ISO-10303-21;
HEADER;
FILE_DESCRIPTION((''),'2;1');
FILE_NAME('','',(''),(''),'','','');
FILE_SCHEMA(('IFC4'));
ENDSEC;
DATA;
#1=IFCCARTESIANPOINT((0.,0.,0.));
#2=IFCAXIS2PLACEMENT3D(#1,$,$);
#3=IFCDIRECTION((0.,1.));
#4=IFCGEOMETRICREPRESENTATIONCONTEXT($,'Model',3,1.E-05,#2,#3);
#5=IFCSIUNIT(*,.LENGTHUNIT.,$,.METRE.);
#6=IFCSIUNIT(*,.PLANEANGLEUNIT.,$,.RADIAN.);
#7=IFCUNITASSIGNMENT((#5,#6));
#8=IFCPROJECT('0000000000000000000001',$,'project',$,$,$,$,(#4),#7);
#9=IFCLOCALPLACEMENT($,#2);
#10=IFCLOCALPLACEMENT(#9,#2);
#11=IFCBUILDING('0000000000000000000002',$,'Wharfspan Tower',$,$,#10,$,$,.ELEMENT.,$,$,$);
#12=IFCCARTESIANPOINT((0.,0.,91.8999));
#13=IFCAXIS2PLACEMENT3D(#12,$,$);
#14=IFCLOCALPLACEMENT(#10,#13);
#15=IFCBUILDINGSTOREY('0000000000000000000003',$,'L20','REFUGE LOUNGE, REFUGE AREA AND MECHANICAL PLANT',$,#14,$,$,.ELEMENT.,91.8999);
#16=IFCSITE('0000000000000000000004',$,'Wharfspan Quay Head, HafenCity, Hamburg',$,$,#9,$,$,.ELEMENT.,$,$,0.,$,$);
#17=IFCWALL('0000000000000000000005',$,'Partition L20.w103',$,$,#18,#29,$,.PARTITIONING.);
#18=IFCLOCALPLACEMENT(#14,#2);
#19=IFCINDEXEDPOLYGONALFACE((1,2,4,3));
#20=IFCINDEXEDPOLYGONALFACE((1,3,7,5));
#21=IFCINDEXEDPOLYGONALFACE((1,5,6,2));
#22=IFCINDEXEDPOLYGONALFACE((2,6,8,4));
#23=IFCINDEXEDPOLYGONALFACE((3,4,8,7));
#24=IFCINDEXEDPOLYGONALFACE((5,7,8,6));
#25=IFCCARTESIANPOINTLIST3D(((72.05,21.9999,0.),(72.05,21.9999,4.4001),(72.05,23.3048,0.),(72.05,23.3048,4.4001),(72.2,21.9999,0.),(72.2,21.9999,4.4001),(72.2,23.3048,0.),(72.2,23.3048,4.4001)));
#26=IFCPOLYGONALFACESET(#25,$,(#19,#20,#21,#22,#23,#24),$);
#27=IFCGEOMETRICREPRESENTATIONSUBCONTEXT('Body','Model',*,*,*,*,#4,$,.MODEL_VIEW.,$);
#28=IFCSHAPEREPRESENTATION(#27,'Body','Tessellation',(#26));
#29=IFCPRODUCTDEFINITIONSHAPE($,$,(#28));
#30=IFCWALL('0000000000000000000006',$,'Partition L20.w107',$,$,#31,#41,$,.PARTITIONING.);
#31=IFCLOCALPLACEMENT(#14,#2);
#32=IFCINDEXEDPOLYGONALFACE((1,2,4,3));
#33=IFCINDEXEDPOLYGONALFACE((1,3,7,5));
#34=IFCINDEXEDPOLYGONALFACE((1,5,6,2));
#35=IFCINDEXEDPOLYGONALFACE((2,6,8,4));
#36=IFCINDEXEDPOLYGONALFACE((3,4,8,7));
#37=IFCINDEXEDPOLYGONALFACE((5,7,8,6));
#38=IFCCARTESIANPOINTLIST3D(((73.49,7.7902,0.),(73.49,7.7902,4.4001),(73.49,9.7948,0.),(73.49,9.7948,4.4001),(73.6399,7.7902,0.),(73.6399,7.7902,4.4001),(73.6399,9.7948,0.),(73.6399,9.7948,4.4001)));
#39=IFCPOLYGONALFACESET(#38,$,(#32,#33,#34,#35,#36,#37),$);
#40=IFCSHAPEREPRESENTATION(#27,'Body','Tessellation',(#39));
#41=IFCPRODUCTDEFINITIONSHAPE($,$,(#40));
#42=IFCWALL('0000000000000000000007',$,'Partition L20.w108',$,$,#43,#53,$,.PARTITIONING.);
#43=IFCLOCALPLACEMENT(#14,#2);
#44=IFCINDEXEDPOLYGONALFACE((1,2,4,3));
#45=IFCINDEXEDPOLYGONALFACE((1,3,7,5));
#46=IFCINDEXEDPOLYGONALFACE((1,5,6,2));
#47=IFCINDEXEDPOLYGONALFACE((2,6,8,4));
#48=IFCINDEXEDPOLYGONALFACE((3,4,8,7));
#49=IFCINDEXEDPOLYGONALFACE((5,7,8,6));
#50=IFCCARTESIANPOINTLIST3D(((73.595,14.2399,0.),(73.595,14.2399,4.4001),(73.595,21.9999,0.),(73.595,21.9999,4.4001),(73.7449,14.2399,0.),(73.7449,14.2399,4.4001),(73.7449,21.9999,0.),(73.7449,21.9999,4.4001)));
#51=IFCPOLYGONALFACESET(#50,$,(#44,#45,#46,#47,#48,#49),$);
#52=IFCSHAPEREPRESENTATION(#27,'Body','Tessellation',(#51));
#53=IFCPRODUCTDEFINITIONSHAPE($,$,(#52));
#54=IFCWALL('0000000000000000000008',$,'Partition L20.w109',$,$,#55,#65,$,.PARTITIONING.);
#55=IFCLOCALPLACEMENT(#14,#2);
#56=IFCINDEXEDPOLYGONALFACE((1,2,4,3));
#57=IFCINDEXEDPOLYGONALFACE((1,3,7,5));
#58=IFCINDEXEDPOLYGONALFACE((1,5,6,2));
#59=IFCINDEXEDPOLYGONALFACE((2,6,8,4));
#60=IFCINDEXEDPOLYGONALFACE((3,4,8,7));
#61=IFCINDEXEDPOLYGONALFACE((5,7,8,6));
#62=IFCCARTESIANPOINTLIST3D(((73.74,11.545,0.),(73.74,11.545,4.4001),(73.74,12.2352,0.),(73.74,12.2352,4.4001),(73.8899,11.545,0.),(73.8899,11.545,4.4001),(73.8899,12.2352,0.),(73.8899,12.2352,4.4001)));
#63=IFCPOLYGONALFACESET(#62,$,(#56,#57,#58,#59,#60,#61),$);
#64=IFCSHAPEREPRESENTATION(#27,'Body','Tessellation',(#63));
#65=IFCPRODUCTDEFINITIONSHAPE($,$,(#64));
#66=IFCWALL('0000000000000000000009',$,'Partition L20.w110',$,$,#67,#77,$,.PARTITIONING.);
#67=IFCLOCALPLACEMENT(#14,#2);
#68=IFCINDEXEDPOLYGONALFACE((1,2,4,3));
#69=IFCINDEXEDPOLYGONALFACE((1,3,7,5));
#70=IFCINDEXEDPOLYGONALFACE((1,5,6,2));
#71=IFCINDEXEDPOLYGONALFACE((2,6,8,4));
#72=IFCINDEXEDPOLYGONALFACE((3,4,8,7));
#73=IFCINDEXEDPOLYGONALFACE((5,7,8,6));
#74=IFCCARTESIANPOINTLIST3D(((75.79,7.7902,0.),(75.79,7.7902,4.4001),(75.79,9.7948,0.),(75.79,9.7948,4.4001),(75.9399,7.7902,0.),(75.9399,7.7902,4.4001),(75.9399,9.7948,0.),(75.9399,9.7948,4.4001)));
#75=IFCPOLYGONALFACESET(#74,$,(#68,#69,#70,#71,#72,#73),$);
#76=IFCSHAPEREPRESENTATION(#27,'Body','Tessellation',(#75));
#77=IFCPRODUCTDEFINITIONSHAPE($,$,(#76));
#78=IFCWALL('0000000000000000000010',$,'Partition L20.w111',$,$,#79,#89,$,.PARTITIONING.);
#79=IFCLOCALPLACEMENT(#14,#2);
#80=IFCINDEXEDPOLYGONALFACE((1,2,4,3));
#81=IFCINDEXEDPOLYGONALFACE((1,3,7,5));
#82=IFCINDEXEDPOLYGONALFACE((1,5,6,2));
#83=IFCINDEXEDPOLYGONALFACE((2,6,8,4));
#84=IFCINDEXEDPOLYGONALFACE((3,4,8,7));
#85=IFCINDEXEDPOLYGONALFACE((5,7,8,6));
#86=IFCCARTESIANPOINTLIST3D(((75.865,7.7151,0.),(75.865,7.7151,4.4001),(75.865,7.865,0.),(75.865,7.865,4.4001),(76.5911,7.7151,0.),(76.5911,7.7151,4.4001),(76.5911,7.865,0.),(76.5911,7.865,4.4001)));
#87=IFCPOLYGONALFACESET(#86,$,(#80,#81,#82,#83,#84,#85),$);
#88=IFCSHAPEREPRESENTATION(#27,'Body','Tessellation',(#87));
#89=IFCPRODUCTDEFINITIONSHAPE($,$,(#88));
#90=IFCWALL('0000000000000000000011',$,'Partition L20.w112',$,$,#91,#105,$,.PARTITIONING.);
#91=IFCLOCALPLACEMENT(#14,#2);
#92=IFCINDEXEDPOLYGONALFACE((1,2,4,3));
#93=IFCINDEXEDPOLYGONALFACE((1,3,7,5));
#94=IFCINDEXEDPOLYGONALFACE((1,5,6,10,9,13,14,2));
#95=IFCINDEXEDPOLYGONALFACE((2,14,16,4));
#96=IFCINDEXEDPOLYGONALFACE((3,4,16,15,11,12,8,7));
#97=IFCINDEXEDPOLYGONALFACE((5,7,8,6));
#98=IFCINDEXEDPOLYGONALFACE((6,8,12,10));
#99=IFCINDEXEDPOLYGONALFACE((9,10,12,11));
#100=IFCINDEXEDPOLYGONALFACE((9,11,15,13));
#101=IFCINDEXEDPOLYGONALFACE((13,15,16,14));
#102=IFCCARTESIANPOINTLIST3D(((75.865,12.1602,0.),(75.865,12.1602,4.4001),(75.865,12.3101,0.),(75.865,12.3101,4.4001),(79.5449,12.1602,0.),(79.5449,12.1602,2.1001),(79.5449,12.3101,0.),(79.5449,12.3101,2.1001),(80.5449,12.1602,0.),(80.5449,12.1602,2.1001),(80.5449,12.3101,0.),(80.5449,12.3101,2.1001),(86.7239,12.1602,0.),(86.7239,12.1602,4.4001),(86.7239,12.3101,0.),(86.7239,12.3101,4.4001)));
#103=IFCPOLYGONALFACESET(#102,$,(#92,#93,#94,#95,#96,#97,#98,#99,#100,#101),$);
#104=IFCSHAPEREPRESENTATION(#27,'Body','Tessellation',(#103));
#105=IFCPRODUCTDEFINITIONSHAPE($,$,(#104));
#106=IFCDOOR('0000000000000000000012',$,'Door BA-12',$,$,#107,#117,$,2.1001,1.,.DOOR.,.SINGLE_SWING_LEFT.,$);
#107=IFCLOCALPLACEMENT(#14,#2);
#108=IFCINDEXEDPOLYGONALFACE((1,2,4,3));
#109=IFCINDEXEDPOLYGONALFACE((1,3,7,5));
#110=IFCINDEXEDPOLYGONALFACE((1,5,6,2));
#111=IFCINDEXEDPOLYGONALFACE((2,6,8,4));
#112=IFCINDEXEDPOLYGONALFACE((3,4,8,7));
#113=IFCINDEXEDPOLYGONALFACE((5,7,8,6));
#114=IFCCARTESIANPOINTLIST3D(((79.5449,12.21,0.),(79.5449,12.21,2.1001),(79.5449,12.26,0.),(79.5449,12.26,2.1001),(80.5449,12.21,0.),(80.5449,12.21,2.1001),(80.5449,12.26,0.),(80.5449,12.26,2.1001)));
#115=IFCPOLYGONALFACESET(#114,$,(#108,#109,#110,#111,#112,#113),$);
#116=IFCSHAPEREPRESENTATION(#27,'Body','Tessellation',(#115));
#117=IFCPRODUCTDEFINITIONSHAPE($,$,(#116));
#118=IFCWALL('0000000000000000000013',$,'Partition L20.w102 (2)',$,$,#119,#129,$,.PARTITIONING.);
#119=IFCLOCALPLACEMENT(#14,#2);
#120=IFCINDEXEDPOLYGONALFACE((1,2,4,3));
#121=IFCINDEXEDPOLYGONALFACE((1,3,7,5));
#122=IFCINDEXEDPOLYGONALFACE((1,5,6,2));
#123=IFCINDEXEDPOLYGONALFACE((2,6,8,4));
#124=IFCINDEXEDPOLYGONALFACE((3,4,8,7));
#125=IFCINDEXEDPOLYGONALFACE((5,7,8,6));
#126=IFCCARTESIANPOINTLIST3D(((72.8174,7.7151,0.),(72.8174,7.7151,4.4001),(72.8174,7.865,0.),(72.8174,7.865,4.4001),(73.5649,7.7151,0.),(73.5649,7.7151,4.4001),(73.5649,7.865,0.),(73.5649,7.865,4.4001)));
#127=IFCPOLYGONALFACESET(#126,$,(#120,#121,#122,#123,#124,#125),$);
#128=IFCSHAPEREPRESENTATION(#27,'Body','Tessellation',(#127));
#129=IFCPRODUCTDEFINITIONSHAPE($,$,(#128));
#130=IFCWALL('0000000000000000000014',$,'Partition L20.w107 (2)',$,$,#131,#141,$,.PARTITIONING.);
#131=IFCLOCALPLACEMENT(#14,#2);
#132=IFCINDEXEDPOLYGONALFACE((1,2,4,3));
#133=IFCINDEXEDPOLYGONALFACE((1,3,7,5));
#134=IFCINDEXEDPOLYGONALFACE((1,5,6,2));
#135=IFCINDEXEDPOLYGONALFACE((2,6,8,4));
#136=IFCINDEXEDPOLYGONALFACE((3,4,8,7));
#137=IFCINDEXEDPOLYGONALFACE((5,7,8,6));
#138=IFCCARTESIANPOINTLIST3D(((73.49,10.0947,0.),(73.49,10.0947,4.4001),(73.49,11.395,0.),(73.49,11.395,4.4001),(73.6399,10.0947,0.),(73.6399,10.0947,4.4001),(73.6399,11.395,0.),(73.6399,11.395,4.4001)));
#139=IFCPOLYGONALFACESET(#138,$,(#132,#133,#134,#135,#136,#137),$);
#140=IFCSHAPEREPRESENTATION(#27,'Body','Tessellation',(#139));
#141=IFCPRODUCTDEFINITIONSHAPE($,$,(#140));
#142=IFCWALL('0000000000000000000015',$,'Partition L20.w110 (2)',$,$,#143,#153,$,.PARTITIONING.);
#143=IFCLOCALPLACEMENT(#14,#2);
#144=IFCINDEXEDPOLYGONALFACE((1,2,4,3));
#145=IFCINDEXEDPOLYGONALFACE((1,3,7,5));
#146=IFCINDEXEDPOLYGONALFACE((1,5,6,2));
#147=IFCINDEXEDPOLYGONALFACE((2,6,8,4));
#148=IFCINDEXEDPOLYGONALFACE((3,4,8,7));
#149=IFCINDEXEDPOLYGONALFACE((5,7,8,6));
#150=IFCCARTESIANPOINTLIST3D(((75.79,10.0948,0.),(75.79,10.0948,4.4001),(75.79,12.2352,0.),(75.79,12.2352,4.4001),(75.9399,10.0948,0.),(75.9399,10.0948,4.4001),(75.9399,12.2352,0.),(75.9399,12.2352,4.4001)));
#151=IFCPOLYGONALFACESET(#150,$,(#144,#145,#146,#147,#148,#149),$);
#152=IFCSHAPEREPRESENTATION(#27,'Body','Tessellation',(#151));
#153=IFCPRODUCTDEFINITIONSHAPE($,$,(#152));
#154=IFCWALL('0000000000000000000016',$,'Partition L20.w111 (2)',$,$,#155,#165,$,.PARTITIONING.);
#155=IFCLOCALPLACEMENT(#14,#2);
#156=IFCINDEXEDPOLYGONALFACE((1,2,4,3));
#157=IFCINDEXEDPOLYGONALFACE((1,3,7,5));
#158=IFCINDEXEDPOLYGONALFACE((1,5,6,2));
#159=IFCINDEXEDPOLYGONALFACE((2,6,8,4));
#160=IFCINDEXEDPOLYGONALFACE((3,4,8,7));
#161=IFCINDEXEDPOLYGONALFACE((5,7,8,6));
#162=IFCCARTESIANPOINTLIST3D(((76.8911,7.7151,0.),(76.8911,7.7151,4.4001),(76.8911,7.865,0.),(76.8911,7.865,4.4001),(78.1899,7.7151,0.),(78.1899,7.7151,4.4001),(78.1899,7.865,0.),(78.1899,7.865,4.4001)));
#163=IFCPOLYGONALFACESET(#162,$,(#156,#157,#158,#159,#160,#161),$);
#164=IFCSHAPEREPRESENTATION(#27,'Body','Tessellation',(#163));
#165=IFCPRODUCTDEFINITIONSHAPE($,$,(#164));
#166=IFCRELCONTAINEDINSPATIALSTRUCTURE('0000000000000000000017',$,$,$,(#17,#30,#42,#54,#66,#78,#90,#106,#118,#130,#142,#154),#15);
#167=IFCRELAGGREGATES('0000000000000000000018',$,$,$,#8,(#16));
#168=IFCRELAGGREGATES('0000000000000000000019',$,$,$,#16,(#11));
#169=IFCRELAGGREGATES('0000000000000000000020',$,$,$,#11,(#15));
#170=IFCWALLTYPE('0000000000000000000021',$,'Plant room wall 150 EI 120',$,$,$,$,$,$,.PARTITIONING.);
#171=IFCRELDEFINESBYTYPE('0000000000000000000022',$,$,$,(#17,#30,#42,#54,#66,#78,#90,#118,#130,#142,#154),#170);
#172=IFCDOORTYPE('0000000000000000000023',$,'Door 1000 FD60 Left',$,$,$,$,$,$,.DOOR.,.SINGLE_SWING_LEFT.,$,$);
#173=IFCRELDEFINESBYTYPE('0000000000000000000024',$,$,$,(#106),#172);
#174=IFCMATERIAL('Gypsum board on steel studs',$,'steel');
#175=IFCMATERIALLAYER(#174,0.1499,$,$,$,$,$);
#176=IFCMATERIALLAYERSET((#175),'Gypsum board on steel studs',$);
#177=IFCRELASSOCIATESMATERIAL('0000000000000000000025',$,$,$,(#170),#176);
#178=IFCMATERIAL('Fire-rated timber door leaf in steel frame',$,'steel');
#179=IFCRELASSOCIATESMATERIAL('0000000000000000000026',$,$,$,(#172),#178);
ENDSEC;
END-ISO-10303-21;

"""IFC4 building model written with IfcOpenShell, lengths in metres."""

from ifc_helpers import new_model, si_unit, direction, frame, frame_2d, origin, place, context, subcontext, project, spatial, rectangle, extrude, material, layer, layer_set, type_object, element, fill, save


model = new_model("IFC4")

# Units and contexts
model_context = context("Model", 3, precision=1e-05, world=origin(), true_north=direction((0.0, 1.0)))
body_context = subcontext(model_context, "Body", "Model", "MODEL_VIEW")
ifc_project = project(units=[si_unit("LENGTHUNIT", "METRE"), si_unit("PLANEANGLEUNIT", "RADIAN")], contexts=[model_context])

# Site, building, storey
site_placement = place(None, origin())
site = spatial("IfcSite", under=ifc_project, at=site_placement, Name="Wharfspan Quay Head, HafenCity, Hamburg", CompositionType="ELEMENT", RefElevation=0.0)
building_placement = place(site_placement, origin())
building = spatial("IfcBuilding", under=site, at=building_placement, Name="Wharfspan Tower", CompositionType="ELEMENT")
storey_placement = place(building_placement, frame((0.0, 0.0, 91.8999)))
storey = spatial("IfcBuildingStorey", under=building, at=storey_placement, Name="L20", Description="REFUGE LOUNGE, REFUGE AREA AND MECHANICAL PLANT", CompositionType="ELEMENT", Elevation=91.8999)

# Walls
ifc_material_1 = material(Name="Gypsum board on steel studs", Category="steel")
ifc_layer_1 = layer(ifc_material_1, 0.1499)
ifc_layer_set_1 = layer_set([ifc_layer_1], Name="Gypsum board on steel studs")
wall_type_1 = type_object("IfcWallType", Name="Plant room wall 150 EI 120", PredefinedType="PARTITIONING", material=ifc_layer_set_1)
wall_1_placement = place(storey_placement, frame((72.125, 22.0, 0.0), z_axis=(0.0, 0.0, 1.0), x_axis=(0.0, 1.0, 0.0)))
element("IfcWall", 1, at=wall_1_placement, inside=storey, type_object=wall_type_1, Name="Partition L20.w103", PredefinedType="PARTITIONING", context=body_context, shape_type="SweptSolid", body=[
    extrude(rectangle(XDim=1.3049, YDim=0.1499, at=frame_2d((0.6523, 0.0))), origin(), (0.0, 0.0, 1.0), 4.4001),
])
wall_2_placement = place(storey_placement, frame((73.5649, 7.79, 0.0), z_axis=(0.0, 0.0, 1.0), x_axis=(0.0, 1.0, 0.0)))
element("IfcWall", 2, at=wall_2_placement, inside=storey, type_object=wall_type_1, Name="Partition L20.w107", PredefinedType="PARTITIONING", context=body_context, shape_type="SweptSolid", body=[
    extrude(rectangle(XDim=2.0046, YDim=0.1499, at=frame_2d((1.0024, 0.0))), origin(), (0.0, 0.0, 1.0), 4.4001),
])
wall_3_placement = place(storey_placement, frame((73.6699, 14.24, 0.0), z_axis=(0.0, 0.0, 1.0), x_axis=(0.0, 1.0, 0.0)))
element("IfcWall", 3, at=wall_3_placement, inside=storey, type_object=wall_type_1, Name="Partition L20.w108", PredefinedType="PARTITIONING", context=body_context, shape_type="SweptSolid", body=[
    extrude(rectangle(XDim=7.76, YDim=0.1499, at=frame_2d((3.8799, 0.0))), origin(), (0.0, 0.0, 1.0), 4.4001),
])
wall_4_placement = place(storey_placement, frame((73.8149, 11.5449, 0.0), z_axis=(0.0, 0.0, 1.0), x_axis=(0.0, 1.0, 0.0)))
element("IfcWall", 4, at=wall_4_placement, inside=storey, type_object=wall_type_1, Name="Partition L20.w109", PredefinedType="PARTITIONING", context=body_context, shape_type="SweptSolid", body=[
    extrude(rectangle(XDim=0.6902, YDim=0.1499, at=frame_2d((0.3452, 0.0))), origin(), (0.0, 0.0, 1.0), 4.4001),
])
wall_5_placement = place(storey_placement, frame((75.865, 7.79, 0.0), z_axis=(0.0, 0.0, 1.0), x_axis=(0.0, 1.0, 0.0)))
element("IfcWall", 5, at=wall_5_placement, inside=storey, type_object=wall_type_1, Name="Partition L20.w110", PredefinedType="PARTITIONING", context=body_context, shape_type="SweptSolid", body=[
    extrude(rectangle(XDim=2.0046, YDim=0.1499, at=frame_2d((1.0024, 0.0))), origin(), (0.0, 0.0, 1.0), 4.4001),
])
wall_6_placement = place(storey_placement, frame((75.865, 7.79, 0.0), z_axis=(0.0, 0.0, 1.0), x_axis=(1.0, 0.0, 0.0)))
element("IfcWall", 6, at=wall_6_placement, inside=storey, type_object=wall_type_1, Name="Partition L20.w111", PredefinedType="PARTITIONING", context=body_context, shape_type="SweptSolid", body=[
    extrude(rectangle(XDim=0.7261, YDim=0.1499, at=frame_2d((0.363, 0.0))), origin(), (0.0, 0.0, 1.0), 4.4001),
])

# Wall, opening, door
wall_7_placement = place(storey_placement, frame((75.865, 12.2351, 0.0), z_axis=(0.0, 0.0, 1.0), x_axis=(1.0, 0.0, 0.0)))
wall_7 = element("IfcWall", 7, at=wall_7_placement, inside=storey, type_object=wall_type_1, Name="Partition L20.w112", PredefinedType="PARTITIONING", context=body_context, shape_type="SweptSolid", body=[
    extrude(rectangle(XDim=10.8589, YDim=0.1499, at=frame_2d((5.4294, 0.0))), origin(), (0.0, 0.0, 1.0), 4.4001),
])
opening_1_placement = place(wall_7_placement, frame((3.6799, 0.0, 0.0)))
opening_1 = element("IfcOpeningElement", 8, at=opening_1_placement, cuts=wall_7, PredefinedType="OPENING", context=body_context, shape_type="SweptSolid", body=[
    extrude(rectangle(XDim=1.0, YDim=2.1001, at=frame_2d((0.5, 1.05))), frame((0.0, 0.085, 0.0), z_axis=(0.0, -1.0, 0.0), x_axis=(1.0, 0.0, 0.0)), (0.0, 0.0, 1.0), 0.1699),
])
ifc_material_2 = material(Name="Fire-rated timber door leaf in steel frame", Category="steel")
door_type_1 = type_object("IfcDoorType", Name="Door 1000 FD60 Left", OperationType="SINGLE_SWING_LEFT", PredefinedType="DOOR", material=ifc_material_2)
door_1_placement = place(opening_1_placement, origin())
door_1 = element("IfcDoor", 9, at=door_1_placement, inside=storey, type_object=door_type_1, Name="Door BA-12", OperationType="SINGLE_SWING_LEFT", OverallHeight=2.1001, OverallWidth=1.0, PredefinedType="DOOR", context=body_context, shape_type="SweptSolid", body=[
    extrude(rectangle(XDim=1.0, YDim=2.1001, at=frame_2d((0.5, 1.05))), frame((0.0, 0.0249, 0.0), z_axis=(0.0, -1.0, 0.0), x_axis=(1.0, 0.0, 0.0)), (0.0, 0.0, 1.0), 0.05),
])
fill(opening_1, door_1)

# Walls
wall_8_placement = place(storey_placement, frame((72.8174, 7.79, 0.0), z_axis=(0.0, 0.0, 1.0), x_axis=(1.0, 0.0, 0.0)))
element("IfcWall", 10, at=wall_8_placement, inside=storey, type_object=wall_type_1, Name="Partition L20.w102 (2)", PredefinedType="PARTITIONING", context=body_context, shape_type="SweptSolid", body=[
    extrude(rectangle(XDim=0.7476, YDim=0.1499, at=frame_2d((0.3738, 0.0))), origin(), (0.0, 0.0, 1.0), 4.4001),
])
wall_9_placement = place(storey_placement, frame((73.5649, 10.0947, 0.0), z_axis=(0.0, 0.0, 1.0), x_axis=(0.0, 1.0, 0.0)))
element("IfcWall", 11, at=wall_9_placement, inside=storey, type_object=wall_type_1, Name="Partition L20.w107 (2)", PredefinedType="PARTITIONING", context=body_context, shape_type="SweptSolid", body=[
    extrude(rectangle(XDim=1.3003, YDim=0.1499, at=frame_2d((0.6501, 0.0))), origin(), (0.0, 0.0, 1.0), 4.4001),
])
wall_10_placement = place(storey_placement, frame((75.865, 10.0947, 0.0), z_axis=(0.0, 0.0, 1.0), x_axis=(0.0, 1.0, 0.0)))
element("IfcWall", 12, at=wall_10_placement, inside=storey, type_object=wall_type_1, Name="Partition L20.w110 (2)", PredefinedType="PARTITIONING", context=body_context, shape_type="SweptSolid", body=[
    extrude(rectangle(XDim=2.1404, YDim=0.1499, at=frame_2d((1.0703, 0.0))), origin(), (0.0, 0.0, 1.0), 4.4001),
])
wall_11_placement = place(storey_placement, frame((76.8911, 7.79, 0.0), z_axis=(0.0, 0.0, 1.0), x_axis=(1.0, 0.0, 0.0)))
element("IfcWall", 13, at=wall_11_placement, inside=storey, type_object=wall_type_1, Name="Partition L20.w111 (2)", PredefinedType="PARTITIONING", context=body_context, shape_type="SweptSolid", body=[
    extrude(rectangle(XDim=1.2988, YDim=0.1499, at=frame_2d((0.6494, 0.0))), origin(), (0.0, 0.0, 1.0), 4.4001),
])

save(model, "model.ifc")
